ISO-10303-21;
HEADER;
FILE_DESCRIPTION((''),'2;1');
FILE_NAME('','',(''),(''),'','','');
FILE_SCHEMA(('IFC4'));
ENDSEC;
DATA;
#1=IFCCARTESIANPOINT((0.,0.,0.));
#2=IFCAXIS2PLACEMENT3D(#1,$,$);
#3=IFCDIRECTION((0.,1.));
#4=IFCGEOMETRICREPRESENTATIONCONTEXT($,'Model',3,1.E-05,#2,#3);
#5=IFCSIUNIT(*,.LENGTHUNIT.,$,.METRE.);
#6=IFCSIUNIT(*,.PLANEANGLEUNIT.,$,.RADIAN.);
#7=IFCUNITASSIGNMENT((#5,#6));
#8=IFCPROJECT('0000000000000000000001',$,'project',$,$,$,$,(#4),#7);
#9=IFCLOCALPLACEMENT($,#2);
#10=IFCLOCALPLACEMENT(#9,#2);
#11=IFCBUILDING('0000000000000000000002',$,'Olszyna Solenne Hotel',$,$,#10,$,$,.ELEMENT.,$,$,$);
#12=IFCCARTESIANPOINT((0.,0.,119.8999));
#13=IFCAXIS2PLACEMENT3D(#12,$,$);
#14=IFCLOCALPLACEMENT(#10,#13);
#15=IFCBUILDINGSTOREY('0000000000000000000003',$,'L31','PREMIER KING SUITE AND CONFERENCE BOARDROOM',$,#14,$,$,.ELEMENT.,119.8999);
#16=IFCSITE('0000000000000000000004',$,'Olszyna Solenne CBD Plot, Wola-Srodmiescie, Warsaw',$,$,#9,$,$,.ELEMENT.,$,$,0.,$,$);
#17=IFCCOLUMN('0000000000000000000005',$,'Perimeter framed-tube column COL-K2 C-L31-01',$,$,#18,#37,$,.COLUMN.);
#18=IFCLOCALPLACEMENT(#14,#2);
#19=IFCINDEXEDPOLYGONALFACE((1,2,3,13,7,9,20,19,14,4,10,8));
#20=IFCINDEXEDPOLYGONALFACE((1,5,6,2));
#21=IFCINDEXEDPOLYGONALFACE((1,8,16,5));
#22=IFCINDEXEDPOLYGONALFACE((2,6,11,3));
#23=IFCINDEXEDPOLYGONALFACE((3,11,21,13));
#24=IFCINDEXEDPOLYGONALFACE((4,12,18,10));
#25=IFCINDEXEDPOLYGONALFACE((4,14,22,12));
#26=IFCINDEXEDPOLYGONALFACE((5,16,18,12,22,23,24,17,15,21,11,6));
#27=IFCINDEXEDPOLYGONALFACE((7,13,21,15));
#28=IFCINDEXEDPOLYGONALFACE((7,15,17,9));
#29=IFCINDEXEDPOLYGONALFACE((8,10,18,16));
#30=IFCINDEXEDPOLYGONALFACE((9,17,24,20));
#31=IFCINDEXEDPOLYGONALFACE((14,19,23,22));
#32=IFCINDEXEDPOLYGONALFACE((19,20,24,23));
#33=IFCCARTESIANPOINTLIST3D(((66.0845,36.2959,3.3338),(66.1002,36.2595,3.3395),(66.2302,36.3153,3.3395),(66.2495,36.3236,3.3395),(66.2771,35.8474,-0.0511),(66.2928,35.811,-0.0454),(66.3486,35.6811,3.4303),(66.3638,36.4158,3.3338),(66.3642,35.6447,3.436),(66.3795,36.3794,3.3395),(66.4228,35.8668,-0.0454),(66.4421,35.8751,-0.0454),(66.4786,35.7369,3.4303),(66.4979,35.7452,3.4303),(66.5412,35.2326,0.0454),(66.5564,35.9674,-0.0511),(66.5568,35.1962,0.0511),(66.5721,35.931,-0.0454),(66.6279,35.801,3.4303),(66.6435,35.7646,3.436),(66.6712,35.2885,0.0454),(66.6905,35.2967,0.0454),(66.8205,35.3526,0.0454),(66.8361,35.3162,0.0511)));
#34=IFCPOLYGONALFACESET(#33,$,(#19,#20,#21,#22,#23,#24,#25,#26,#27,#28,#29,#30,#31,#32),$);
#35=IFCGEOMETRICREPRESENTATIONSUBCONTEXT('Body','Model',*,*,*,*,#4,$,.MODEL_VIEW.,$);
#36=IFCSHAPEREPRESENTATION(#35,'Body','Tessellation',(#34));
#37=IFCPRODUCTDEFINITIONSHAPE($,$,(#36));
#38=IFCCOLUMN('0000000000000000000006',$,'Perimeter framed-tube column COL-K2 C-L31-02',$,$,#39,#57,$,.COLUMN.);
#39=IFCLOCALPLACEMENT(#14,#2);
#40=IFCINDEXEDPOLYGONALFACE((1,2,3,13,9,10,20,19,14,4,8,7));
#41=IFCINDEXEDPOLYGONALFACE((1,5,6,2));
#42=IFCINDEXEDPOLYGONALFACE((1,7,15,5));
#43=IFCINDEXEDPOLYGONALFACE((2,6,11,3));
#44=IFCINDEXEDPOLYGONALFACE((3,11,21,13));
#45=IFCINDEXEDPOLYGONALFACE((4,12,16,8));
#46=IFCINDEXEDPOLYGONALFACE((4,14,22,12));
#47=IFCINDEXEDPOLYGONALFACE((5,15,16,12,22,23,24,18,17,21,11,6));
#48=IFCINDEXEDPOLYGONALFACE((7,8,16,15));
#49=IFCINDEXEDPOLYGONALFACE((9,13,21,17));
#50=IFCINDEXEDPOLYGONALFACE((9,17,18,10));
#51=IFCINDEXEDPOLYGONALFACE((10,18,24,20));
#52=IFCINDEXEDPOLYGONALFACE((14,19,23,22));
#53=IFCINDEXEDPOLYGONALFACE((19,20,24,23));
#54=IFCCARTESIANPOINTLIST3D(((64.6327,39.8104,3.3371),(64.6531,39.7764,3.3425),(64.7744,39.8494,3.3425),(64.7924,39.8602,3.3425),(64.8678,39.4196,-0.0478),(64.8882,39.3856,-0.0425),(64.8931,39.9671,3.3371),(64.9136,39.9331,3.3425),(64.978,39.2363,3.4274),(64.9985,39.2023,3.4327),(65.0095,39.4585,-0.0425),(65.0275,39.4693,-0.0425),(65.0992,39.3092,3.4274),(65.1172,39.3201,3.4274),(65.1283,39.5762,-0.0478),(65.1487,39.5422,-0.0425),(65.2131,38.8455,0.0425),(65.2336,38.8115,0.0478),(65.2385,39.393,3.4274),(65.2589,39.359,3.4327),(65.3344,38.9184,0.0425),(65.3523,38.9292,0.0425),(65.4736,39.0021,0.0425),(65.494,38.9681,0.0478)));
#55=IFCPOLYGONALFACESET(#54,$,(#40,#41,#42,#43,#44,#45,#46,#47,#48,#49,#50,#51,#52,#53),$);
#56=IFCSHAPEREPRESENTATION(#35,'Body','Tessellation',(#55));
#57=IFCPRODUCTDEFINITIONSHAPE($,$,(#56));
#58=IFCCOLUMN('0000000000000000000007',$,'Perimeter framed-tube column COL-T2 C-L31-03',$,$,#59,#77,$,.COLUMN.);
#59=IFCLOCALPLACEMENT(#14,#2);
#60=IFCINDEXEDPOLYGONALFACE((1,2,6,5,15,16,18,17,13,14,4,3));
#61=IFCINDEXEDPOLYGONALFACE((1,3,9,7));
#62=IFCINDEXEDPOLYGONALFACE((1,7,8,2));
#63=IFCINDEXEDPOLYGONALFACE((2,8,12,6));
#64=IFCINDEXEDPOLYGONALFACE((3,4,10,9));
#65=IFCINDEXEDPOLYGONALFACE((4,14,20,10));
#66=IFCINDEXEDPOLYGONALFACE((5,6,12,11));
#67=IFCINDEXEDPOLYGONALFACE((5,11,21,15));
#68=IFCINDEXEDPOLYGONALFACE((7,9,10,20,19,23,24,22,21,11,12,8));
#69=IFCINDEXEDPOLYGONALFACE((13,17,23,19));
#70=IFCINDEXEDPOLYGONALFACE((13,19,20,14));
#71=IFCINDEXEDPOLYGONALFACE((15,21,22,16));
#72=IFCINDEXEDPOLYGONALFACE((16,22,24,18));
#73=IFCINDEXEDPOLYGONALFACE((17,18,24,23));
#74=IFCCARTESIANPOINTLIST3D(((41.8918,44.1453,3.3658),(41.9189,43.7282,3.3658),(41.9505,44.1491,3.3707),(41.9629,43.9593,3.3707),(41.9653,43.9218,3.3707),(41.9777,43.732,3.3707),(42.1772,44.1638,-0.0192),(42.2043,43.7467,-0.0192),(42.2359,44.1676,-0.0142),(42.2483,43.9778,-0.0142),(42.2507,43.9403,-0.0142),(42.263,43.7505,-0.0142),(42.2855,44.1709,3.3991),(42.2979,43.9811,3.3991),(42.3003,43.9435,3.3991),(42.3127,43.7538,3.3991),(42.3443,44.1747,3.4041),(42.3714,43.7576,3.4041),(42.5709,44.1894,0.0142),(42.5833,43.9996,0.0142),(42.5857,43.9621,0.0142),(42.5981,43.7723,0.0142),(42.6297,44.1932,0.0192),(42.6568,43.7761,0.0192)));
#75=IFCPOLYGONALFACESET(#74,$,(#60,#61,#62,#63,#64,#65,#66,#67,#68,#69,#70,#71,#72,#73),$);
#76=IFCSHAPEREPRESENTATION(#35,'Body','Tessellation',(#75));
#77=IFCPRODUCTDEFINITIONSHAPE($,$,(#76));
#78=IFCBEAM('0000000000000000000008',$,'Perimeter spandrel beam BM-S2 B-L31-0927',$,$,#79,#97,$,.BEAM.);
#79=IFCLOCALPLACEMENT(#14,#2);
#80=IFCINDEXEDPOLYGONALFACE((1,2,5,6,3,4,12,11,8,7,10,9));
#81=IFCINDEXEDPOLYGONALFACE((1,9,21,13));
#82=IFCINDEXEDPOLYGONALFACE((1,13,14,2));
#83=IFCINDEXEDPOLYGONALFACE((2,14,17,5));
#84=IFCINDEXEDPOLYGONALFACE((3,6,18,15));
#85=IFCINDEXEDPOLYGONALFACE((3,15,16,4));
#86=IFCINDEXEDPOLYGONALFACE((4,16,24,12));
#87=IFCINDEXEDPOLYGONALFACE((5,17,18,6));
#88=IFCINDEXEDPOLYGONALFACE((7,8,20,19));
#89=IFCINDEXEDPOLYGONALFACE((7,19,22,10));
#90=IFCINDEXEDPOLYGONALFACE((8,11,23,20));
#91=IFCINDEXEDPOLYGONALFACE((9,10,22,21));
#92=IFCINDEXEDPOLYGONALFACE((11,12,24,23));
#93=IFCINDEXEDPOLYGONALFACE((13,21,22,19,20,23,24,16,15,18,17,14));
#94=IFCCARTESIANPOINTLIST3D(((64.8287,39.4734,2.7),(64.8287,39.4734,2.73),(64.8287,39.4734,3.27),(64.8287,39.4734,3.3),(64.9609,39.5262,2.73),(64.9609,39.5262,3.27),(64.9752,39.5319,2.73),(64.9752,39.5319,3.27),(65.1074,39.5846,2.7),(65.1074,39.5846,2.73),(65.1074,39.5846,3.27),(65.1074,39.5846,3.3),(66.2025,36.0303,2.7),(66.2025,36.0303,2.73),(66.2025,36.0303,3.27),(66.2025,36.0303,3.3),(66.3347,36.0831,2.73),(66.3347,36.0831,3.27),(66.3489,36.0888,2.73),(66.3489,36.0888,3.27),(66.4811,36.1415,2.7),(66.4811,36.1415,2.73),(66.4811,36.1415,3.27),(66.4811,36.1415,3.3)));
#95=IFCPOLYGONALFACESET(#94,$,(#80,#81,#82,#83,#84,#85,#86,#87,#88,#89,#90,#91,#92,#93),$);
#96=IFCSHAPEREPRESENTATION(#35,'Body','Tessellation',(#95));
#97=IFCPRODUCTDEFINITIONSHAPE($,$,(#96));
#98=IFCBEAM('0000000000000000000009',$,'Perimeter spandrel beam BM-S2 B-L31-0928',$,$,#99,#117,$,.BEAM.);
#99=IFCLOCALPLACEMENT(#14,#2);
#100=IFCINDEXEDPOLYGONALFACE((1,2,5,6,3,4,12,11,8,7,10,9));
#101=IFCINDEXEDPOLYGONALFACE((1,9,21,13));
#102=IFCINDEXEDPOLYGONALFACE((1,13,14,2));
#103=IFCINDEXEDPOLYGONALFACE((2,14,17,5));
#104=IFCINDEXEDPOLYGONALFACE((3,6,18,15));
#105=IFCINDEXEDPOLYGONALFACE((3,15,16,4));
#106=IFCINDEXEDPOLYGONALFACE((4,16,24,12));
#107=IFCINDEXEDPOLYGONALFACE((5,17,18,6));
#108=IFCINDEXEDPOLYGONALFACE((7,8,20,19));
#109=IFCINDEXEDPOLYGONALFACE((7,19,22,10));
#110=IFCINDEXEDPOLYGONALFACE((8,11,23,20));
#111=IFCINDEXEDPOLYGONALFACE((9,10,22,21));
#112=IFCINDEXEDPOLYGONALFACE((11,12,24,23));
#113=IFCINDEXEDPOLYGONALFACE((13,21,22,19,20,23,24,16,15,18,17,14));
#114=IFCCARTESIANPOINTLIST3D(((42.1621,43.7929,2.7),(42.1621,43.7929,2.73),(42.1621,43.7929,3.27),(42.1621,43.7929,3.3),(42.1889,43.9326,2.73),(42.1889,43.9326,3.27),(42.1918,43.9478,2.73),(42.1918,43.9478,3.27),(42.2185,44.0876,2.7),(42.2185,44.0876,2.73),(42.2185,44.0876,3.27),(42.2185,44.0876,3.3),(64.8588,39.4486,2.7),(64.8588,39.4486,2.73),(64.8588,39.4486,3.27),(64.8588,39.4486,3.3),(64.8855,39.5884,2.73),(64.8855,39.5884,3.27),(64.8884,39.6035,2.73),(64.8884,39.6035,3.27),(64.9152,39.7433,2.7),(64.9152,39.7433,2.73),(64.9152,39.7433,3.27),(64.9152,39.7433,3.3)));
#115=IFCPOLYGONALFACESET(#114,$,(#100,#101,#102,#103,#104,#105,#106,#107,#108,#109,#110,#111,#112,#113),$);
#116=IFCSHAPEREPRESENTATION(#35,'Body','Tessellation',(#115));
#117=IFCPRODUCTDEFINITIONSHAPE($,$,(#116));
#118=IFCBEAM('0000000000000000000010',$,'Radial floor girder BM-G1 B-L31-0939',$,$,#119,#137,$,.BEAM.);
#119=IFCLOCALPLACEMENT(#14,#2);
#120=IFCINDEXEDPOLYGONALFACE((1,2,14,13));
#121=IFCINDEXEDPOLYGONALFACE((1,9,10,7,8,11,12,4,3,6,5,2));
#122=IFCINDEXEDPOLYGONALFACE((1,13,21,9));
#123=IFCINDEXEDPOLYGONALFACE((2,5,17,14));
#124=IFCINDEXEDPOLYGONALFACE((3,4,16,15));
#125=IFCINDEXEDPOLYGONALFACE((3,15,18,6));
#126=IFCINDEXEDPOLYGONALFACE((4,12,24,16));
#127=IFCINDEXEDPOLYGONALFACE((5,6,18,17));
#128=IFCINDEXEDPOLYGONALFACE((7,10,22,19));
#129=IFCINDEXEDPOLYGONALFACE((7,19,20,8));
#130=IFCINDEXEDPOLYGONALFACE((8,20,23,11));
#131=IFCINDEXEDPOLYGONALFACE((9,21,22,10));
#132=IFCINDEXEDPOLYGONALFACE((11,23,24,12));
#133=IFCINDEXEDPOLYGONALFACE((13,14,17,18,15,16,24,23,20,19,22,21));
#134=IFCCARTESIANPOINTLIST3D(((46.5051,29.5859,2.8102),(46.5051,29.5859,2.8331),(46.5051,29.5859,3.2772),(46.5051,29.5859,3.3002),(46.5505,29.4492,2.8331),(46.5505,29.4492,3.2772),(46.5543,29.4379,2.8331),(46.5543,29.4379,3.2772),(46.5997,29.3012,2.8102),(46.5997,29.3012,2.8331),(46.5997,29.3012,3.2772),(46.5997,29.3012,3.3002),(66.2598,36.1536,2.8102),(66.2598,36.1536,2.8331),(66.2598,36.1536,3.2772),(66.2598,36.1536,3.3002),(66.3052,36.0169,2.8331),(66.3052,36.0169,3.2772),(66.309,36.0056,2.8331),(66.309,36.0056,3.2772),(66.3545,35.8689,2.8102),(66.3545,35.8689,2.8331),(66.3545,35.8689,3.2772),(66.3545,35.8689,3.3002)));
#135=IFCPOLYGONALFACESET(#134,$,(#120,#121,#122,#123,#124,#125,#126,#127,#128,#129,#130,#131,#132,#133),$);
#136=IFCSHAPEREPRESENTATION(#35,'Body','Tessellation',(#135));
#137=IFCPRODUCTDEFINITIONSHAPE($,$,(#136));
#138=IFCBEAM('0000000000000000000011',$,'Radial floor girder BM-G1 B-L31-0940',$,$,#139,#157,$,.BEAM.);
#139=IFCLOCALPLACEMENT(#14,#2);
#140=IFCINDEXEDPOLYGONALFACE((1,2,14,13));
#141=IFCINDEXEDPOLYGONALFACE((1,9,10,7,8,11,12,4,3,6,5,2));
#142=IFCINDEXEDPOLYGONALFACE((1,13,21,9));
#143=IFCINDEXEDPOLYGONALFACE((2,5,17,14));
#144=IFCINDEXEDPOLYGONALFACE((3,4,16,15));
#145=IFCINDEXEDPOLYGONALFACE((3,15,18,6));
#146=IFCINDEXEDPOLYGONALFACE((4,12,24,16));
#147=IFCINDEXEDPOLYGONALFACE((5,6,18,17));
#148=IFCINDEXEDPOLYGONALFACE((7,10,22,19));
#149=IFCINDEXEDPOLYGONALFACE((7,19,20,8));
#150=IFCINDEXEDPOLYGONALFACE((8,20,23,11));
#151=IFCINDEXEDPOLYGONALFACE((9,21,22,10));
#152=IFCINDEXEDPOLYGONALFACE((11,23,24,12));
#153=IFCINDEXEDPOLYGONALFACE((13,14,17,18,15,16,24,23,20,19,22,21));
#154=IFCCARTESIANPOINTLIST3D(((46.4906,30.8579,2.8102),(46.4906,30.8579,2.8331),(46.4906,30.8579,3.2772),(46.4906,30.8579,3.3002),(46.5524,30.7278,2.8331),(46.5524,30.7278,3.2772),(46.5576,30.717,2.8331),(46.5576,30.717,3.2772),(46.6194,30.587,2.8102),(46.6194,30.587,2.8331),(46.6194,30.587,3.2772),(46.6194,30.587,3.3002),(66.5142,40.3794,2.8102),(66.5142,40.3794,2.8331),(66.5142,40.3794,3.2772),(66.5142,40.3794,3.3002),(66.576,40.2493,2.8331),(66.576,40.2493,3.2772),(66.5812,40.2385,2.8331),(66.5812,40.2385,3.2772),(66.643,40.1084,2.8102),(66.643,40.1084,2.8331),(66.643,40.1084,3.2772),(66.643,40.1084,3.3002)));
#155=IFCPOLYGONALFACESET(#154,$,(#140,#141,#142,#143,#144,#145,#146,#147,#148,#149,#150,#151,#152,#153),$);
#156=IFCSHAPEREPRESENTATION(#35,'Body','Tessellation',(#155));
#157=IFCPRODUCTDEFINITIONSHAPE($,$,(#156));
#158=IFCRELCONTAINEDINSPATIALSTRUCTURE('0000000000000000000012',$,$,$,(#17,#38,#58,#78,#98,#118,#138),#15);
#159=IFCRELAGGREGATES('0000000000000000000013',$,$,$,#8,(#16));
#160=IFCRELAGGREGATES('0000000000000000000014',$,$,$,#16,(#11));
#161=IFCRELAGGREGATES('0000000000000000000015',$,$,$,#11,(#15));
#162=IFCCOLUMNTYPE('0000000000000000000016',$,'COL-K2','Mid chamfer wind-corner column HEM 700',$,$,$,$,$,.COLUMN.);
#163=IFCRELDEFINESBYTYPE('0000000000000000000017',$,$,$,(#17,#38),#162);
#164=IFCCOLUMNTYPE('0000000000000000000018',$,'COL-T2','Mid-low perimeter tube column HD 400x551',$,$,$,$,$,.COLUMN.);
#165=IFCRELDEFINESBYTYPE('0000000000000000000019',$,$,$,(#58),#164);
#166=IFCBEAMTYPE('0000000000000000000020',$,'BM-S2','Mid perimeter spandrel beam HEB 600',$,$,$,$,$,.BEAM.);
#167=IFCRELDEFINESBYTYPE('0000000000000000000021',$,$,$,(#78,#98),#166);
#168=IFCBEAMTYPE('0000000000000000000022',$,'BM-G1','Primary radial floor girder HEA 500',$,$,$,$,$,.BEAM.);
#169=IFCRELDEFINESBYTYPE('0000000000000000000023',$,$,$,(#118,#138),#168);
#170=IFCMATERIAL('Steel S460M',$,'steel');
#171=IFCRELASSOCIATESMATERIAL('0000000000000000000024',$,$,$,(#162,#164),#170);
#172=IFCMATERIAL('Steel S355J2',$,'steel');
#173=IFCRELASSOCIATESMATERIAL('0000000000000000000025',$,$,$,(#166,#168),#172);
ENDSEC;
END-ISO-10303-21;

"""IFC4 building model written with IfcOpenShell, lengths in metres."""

from ifc_helpers import new_model, si_unit, direction, frame, origin, origin_2d, place, context, subcontext, project, spatial, i_section, extrude, source, transform, mapped, material, material_profile, profile_set, type_object, element, save


model = new_model("IFC4")

# Units and contexts
model_context = context("Model", 3, precision=1e-05, world=origin(), true_north=direction((0.0, 1.0)))
body_context = subcontext(model_context, "Body", "Model", "MODEL_VIEW")
ifc_project = project(units=[si_unit("LENGTHUNIT", "METRE"), si_unit("PLANEANGLEUNIT", "RADIAN")], contexts=[model_context])

# Site, building, storey
site_placement = place(None, origin())
site = spatial("IfcSite", under=ifc_project, at=site_placement, Name="Olszyna Solenne CBD Plot, Wola-Srodmiescie, Warsaw", CompositionType="ELEMENT", RefElevation=0.0)
building_placement = place(site_placement, origin())
building = spatial("IfcBuilding", under=site, at=building_placement, Name="Olszyna Solenne Hotel", CompositionType="ELEMENT")
storey_placement = place(building_placement, frame((0.0, 0.0, 119.8999)))
storey = spatial("IfcBuildingStorey", under=building, at=storey_placement, Name="L31", Description="PREMIER KING SUITE AND CONFERENCE BOARDROOM", CompositionType="ELEMENT", Elevation=119.8999)

# Columns
ifc_material_1 = material(Name="Steel S460M", Category="steel")
ifc_material_profile_1 = material_profile(ifc_material_1, i_section(OverallWidth=0.304, OverallDepth=0.7161, WebThickness=0.021, FlangeThickness=0.04, at=origin_2d()), Name="HEM 700", Category="load-bearing")
ifc_profile_set_1 = profile_set([ifc_material_profile_1], Name="Steel S460M")
column_type_1 = type_object("IfcColumnType", Name="COL-K2", Description="Mid chamfer wind-corner column HEM 700", PredefinedType="COLUMN", material=ifc_profile_set_1)
shared_shape_1 = source(origin(), body_context, "Body", "SweptSolid", [
    extrude(i_section(OverallWidth=0.304, OverallDepth=0.7161, WebThickness=0.021, FlangeThickness=0.04, at=origin_2d()), origin(), (0.0, 0.0, 1.0), 3.4199),
])
column_1_placement = place(storey_placement, frame((66.5566, 35.5818, 0.0), z_axis=(-0.056323, 0.131136, 0.989763), x_axis=(-0.918834, -0.394644, 0.0)))
element("IfcColumn", 1, at=column_1_placement, inside=storey, type_object=column_type_1, Name="Perimeter framed-tube column COL-K2 C-L31-01", PredefinedType="COLUMN", context=body_context, shape_type="MappedRepresentation", body=[
    mapped(shared_shape_1, transform((0.0, 0.0, 0.0), x_axis=(1.0, 0.0, 0.0), y_axis=(0.0, 1.0, 0.0), z_axis=(0.0, 0.0, 1.0), scale=1.0)),
])
shared_shape_2 = source(origin(), body_context, "Body", "SweptSolid", [
    extrude(i_section(OverallWidth=0.304, OverallDepth=0.7161, WebThickness=0.021, FlangeThickness=0.04, at=origin_2d()), origin(), (0.0, 0.0, 1.0), 3.4155),
])
column_2_placement = place(storey_placement, frame((65.1809, 39.1938, 0.0), z_axis=(-0.068833, 0.114436, 0.991043), x_axis=(-0.856926, -0.51544, 0.0)))
element("IfcColumn", 2, at=column_2_placement, inside=storey, type_object=column_type_1, Name="Perimeter framed-tube column COL-K2 C-L31-02", PredefinedType="COLUMN", context=body_context, shape_type="MappedRepresentation", body=[
    mapped(shared_shape_2, transform((0.0, 0.0, 0.0), x_axis=(1.0, 0.0, 0.0), y_axis=(0.0, 1.0, 0.0), z_axis=(0.0, 0.0, 1.0), scale=1.0)),
])
ifc_material_profile_2 = material_profile(ifc_material_1, i_section(OverallWidth=0.418, OverallDepth=0.4551, WebThickness=0.0376, FlangeThickness=0.0591, at=origin_2d()), Name="HD 400x551", Category="load-bearing")
ifc_profile_set_2 = profile_set([ifc_material_profile_2], Name="Steel S460M")
column_type_2 = type_object("IfcColumnType", Name="COL-T2", Description="Mid-low perimeter tube column HD 400x551", PredefinedType="COLUMN", material=ifc_profile_set_2)
shared_shape_3 = source(origin(), body_context, "Body", "SweptSolid", [
    extrude(i_section(OverallWidth=0.418, OverallDepth=0.4551, WebThickness=0.0376, FlangeThickness=0.0591, at=origin_2d()), origin(), (0.0, 0.0, 1.0), 3.397),
])
column_3_placement = place(storey_placement, frame((42.417, 43.97, 0.0), z_axis=(-0.084014, -0.005462, 0.99645), x_axis=(0.064876, -0.997893, 0.0)))
element("IfcColumn", 3, at=column_3_placement, inside=storey, type_object=column_type_2, Name="Perimeter framed-tube column COL-T2 C-L31-03", PredefinedType="COLUMN", context=body_context, shape_type="MappedRepresentation", body=[
    mapped(shared_shape_3, transform((0.0, 0.0, 0.0), x_axis=(1.0, 0.0, 0.0), y_axis=(0.0, 1.0, 0.0), z_axis=(0.0, 0.0, 1.0), scale=1.0)),
])

# Beams
ifc_material_2 = material(Name="Steel S355J2", Category="steel")
ifc_material_profile_3 = material_profile(ifc_material_2, i_section(OverallWidth=0.3, OverallDepth=0.6001, WebThickness=0.0154, FlangeThickness=0.03, at=origin_2d()), Name="HEB 600", Category="load-bearing")
ifc_profile_set_3 = profile_set([ifc_material_profile_3], Name="Steel S355J2")
beam_type_1 = type_object("IfcBeamType", Name="BM-S2", Description="Mid perimeter spandrel beam HEB 600", PredefinedType="BEAM", material=ifc_profile_set_3)
shared_shape_4 = source(origin(), body_context, "Body", "SweptSolid", [
    extrude(i_section(OverallWidth=0.3, OverallDepth=0.6001, WebThickness=0.0154, FlangeThickness=0.03, at=origin_2d()), origin(), (0.0, 0.0, 1.0), 3.707),
])
beam_1_placement = place(storey_placement, frame((66.3418, 36.0859, 3.0), z_axis=(-0.370584, 0.928799, 0.0), x_axis=(-0.928799, -0.370584, 0.0)))
element("IfcBeam", 4, at=beam_1_placement, inside=storey, type_object=beam_type_1, Name="Perimeter spandrel beam BM-S2 B-L31-0927", PredefinedType="BEAM", context=body_context, shape_type="MappedRepresentation", body=[
    mapped(shared_shape_4, transform((0.0, 0.0, 0.0), x_axis=(1.0, 0.0, 0.0), y_axis=(0.0, 1.0, 0.0), z_axis=(0.0, 0.0, 1.0), scale=1.0)),
])
shared_shape_5 = source(origin(), body_context, "Body", "SweptSolid", [
    extrude(i_section(OverallWidth=0.3, OverallDepth=0.6001, WebThickness=0.0154, FlangeThickness=0.03, at=origin_2d()), origin(), (0.0, 0.0, 1.0), 23.1086),
])
beam_2_placement = place(storey_placement, frame((64.887, 39.5959, 3.0), z_axis=(-0.98217, 0.187993, 0.0), x_axis=(-0.187993, -0.98217, 0.0)))
element("IfcBeam", 5, at=beam_2_placement, inside=storey, type_object=beam_type_1, Name="Perimeter spandrel beam BM-S2 B-L31-0928", PredefinedType="BEAM", context=body_context, shape_type="MappedRepresentation", body=[
    mapped(shared_shape_5, transform((0.0, 0.0, 0.0), x_axis=(1.0, 0.0, 0.0), y_axis=(0.0, 1.0, 0.0), z_axis=(0.0, 0.0, 1.0), scale=1.0)),
])
ifc_material_profile_4 = material_profile(ifc_material_2, i_section(OverallWidth=0.3, OverallDepth=0.49, WebThickness=0.012, FlangeThickness=0.0229, at=origin_2d()), Name="HEA 500", Category="load-bearing")
ifc_profile_set_4 = profile_set([ifc_material_profile_4], Name="Steel S355J2")
beam_type_2 = type_object("IfcBeamType", Name="BM-G1", Description="Primary radial floor girder HEA 500", PredefinedType="BEAM", material=ifc_profile_set_4)
shared_shape_6 = source(origin(), body_context, "Body", "SweptSolid", [
    extrude(i_section(OverallWidth=0.3, OverallDepth=0.49, WebThickness=0.012, FlangeThickness=0.0229, at=origin_2d()), origin(), (0.0, 0.0, 1.0), 20.8179),
])
beam_3_placement = place(storey_placement, frame((66.3071, 36.0112, 3.0552), z_axis=(-0.948932, -0.315482, 0.0), x_axis=(0.315482, -0.948932, 0.0)))
element("IfcBeam", 6, at=beam_3_placement, inside=storey, type_object=beam_type_2, Name="Radial floor girder BM-G1 B-L31-0939", PredefinedType="BEAM", context=body_context, shape_type="MappedRepresentation", body=[
    mapped(shared_shape_6, transform((0.0, 0.0, 0.0), x_axis=(1.0, 0.0, 0.0), y_axis=(0.0, 1.0, 0.0), z_axis=(0.0, 0.0, 1.0), scale=1.0)),
])
shared_shape_7 = source(origin(), body_context, "Body", "SweptSolid", [
    extrude(i_section(OverallWidth=0.3, OverallDepth=0.49, WebThickness=0.012, FlangeThickness=0.0229, at=origin_2d()), origin(), (0.0, 0.0, 1.0), 22.1721),
])
beam_4_placement = place(storey_placement, frame((66.5786, 40.2439, 3.0552), z_axis=(-0.903099, -0.429433, 0.0), x_axis=(0.429433, -0.903099, 0.0)))
element("IfcBeam", 7, at=beam_4_placement, inside=storey, type_object=beam_type_2, Name="Radial floor girder BM-G1 B-L31-0940", PredefinedType="BEAM", context=body_context, shape_type="MappedRepresentation", body=[
    mapped(shared_shape_7, transform((0.0, 0.0, 0.0), x_axis=(1.0, 0.0, 0.0), y_axis=(0.0, 1.0, 0.0), z_axis=(0.0, 0.0, 1.0), scale=1.0)),
])

save(model, "model.ifc")
